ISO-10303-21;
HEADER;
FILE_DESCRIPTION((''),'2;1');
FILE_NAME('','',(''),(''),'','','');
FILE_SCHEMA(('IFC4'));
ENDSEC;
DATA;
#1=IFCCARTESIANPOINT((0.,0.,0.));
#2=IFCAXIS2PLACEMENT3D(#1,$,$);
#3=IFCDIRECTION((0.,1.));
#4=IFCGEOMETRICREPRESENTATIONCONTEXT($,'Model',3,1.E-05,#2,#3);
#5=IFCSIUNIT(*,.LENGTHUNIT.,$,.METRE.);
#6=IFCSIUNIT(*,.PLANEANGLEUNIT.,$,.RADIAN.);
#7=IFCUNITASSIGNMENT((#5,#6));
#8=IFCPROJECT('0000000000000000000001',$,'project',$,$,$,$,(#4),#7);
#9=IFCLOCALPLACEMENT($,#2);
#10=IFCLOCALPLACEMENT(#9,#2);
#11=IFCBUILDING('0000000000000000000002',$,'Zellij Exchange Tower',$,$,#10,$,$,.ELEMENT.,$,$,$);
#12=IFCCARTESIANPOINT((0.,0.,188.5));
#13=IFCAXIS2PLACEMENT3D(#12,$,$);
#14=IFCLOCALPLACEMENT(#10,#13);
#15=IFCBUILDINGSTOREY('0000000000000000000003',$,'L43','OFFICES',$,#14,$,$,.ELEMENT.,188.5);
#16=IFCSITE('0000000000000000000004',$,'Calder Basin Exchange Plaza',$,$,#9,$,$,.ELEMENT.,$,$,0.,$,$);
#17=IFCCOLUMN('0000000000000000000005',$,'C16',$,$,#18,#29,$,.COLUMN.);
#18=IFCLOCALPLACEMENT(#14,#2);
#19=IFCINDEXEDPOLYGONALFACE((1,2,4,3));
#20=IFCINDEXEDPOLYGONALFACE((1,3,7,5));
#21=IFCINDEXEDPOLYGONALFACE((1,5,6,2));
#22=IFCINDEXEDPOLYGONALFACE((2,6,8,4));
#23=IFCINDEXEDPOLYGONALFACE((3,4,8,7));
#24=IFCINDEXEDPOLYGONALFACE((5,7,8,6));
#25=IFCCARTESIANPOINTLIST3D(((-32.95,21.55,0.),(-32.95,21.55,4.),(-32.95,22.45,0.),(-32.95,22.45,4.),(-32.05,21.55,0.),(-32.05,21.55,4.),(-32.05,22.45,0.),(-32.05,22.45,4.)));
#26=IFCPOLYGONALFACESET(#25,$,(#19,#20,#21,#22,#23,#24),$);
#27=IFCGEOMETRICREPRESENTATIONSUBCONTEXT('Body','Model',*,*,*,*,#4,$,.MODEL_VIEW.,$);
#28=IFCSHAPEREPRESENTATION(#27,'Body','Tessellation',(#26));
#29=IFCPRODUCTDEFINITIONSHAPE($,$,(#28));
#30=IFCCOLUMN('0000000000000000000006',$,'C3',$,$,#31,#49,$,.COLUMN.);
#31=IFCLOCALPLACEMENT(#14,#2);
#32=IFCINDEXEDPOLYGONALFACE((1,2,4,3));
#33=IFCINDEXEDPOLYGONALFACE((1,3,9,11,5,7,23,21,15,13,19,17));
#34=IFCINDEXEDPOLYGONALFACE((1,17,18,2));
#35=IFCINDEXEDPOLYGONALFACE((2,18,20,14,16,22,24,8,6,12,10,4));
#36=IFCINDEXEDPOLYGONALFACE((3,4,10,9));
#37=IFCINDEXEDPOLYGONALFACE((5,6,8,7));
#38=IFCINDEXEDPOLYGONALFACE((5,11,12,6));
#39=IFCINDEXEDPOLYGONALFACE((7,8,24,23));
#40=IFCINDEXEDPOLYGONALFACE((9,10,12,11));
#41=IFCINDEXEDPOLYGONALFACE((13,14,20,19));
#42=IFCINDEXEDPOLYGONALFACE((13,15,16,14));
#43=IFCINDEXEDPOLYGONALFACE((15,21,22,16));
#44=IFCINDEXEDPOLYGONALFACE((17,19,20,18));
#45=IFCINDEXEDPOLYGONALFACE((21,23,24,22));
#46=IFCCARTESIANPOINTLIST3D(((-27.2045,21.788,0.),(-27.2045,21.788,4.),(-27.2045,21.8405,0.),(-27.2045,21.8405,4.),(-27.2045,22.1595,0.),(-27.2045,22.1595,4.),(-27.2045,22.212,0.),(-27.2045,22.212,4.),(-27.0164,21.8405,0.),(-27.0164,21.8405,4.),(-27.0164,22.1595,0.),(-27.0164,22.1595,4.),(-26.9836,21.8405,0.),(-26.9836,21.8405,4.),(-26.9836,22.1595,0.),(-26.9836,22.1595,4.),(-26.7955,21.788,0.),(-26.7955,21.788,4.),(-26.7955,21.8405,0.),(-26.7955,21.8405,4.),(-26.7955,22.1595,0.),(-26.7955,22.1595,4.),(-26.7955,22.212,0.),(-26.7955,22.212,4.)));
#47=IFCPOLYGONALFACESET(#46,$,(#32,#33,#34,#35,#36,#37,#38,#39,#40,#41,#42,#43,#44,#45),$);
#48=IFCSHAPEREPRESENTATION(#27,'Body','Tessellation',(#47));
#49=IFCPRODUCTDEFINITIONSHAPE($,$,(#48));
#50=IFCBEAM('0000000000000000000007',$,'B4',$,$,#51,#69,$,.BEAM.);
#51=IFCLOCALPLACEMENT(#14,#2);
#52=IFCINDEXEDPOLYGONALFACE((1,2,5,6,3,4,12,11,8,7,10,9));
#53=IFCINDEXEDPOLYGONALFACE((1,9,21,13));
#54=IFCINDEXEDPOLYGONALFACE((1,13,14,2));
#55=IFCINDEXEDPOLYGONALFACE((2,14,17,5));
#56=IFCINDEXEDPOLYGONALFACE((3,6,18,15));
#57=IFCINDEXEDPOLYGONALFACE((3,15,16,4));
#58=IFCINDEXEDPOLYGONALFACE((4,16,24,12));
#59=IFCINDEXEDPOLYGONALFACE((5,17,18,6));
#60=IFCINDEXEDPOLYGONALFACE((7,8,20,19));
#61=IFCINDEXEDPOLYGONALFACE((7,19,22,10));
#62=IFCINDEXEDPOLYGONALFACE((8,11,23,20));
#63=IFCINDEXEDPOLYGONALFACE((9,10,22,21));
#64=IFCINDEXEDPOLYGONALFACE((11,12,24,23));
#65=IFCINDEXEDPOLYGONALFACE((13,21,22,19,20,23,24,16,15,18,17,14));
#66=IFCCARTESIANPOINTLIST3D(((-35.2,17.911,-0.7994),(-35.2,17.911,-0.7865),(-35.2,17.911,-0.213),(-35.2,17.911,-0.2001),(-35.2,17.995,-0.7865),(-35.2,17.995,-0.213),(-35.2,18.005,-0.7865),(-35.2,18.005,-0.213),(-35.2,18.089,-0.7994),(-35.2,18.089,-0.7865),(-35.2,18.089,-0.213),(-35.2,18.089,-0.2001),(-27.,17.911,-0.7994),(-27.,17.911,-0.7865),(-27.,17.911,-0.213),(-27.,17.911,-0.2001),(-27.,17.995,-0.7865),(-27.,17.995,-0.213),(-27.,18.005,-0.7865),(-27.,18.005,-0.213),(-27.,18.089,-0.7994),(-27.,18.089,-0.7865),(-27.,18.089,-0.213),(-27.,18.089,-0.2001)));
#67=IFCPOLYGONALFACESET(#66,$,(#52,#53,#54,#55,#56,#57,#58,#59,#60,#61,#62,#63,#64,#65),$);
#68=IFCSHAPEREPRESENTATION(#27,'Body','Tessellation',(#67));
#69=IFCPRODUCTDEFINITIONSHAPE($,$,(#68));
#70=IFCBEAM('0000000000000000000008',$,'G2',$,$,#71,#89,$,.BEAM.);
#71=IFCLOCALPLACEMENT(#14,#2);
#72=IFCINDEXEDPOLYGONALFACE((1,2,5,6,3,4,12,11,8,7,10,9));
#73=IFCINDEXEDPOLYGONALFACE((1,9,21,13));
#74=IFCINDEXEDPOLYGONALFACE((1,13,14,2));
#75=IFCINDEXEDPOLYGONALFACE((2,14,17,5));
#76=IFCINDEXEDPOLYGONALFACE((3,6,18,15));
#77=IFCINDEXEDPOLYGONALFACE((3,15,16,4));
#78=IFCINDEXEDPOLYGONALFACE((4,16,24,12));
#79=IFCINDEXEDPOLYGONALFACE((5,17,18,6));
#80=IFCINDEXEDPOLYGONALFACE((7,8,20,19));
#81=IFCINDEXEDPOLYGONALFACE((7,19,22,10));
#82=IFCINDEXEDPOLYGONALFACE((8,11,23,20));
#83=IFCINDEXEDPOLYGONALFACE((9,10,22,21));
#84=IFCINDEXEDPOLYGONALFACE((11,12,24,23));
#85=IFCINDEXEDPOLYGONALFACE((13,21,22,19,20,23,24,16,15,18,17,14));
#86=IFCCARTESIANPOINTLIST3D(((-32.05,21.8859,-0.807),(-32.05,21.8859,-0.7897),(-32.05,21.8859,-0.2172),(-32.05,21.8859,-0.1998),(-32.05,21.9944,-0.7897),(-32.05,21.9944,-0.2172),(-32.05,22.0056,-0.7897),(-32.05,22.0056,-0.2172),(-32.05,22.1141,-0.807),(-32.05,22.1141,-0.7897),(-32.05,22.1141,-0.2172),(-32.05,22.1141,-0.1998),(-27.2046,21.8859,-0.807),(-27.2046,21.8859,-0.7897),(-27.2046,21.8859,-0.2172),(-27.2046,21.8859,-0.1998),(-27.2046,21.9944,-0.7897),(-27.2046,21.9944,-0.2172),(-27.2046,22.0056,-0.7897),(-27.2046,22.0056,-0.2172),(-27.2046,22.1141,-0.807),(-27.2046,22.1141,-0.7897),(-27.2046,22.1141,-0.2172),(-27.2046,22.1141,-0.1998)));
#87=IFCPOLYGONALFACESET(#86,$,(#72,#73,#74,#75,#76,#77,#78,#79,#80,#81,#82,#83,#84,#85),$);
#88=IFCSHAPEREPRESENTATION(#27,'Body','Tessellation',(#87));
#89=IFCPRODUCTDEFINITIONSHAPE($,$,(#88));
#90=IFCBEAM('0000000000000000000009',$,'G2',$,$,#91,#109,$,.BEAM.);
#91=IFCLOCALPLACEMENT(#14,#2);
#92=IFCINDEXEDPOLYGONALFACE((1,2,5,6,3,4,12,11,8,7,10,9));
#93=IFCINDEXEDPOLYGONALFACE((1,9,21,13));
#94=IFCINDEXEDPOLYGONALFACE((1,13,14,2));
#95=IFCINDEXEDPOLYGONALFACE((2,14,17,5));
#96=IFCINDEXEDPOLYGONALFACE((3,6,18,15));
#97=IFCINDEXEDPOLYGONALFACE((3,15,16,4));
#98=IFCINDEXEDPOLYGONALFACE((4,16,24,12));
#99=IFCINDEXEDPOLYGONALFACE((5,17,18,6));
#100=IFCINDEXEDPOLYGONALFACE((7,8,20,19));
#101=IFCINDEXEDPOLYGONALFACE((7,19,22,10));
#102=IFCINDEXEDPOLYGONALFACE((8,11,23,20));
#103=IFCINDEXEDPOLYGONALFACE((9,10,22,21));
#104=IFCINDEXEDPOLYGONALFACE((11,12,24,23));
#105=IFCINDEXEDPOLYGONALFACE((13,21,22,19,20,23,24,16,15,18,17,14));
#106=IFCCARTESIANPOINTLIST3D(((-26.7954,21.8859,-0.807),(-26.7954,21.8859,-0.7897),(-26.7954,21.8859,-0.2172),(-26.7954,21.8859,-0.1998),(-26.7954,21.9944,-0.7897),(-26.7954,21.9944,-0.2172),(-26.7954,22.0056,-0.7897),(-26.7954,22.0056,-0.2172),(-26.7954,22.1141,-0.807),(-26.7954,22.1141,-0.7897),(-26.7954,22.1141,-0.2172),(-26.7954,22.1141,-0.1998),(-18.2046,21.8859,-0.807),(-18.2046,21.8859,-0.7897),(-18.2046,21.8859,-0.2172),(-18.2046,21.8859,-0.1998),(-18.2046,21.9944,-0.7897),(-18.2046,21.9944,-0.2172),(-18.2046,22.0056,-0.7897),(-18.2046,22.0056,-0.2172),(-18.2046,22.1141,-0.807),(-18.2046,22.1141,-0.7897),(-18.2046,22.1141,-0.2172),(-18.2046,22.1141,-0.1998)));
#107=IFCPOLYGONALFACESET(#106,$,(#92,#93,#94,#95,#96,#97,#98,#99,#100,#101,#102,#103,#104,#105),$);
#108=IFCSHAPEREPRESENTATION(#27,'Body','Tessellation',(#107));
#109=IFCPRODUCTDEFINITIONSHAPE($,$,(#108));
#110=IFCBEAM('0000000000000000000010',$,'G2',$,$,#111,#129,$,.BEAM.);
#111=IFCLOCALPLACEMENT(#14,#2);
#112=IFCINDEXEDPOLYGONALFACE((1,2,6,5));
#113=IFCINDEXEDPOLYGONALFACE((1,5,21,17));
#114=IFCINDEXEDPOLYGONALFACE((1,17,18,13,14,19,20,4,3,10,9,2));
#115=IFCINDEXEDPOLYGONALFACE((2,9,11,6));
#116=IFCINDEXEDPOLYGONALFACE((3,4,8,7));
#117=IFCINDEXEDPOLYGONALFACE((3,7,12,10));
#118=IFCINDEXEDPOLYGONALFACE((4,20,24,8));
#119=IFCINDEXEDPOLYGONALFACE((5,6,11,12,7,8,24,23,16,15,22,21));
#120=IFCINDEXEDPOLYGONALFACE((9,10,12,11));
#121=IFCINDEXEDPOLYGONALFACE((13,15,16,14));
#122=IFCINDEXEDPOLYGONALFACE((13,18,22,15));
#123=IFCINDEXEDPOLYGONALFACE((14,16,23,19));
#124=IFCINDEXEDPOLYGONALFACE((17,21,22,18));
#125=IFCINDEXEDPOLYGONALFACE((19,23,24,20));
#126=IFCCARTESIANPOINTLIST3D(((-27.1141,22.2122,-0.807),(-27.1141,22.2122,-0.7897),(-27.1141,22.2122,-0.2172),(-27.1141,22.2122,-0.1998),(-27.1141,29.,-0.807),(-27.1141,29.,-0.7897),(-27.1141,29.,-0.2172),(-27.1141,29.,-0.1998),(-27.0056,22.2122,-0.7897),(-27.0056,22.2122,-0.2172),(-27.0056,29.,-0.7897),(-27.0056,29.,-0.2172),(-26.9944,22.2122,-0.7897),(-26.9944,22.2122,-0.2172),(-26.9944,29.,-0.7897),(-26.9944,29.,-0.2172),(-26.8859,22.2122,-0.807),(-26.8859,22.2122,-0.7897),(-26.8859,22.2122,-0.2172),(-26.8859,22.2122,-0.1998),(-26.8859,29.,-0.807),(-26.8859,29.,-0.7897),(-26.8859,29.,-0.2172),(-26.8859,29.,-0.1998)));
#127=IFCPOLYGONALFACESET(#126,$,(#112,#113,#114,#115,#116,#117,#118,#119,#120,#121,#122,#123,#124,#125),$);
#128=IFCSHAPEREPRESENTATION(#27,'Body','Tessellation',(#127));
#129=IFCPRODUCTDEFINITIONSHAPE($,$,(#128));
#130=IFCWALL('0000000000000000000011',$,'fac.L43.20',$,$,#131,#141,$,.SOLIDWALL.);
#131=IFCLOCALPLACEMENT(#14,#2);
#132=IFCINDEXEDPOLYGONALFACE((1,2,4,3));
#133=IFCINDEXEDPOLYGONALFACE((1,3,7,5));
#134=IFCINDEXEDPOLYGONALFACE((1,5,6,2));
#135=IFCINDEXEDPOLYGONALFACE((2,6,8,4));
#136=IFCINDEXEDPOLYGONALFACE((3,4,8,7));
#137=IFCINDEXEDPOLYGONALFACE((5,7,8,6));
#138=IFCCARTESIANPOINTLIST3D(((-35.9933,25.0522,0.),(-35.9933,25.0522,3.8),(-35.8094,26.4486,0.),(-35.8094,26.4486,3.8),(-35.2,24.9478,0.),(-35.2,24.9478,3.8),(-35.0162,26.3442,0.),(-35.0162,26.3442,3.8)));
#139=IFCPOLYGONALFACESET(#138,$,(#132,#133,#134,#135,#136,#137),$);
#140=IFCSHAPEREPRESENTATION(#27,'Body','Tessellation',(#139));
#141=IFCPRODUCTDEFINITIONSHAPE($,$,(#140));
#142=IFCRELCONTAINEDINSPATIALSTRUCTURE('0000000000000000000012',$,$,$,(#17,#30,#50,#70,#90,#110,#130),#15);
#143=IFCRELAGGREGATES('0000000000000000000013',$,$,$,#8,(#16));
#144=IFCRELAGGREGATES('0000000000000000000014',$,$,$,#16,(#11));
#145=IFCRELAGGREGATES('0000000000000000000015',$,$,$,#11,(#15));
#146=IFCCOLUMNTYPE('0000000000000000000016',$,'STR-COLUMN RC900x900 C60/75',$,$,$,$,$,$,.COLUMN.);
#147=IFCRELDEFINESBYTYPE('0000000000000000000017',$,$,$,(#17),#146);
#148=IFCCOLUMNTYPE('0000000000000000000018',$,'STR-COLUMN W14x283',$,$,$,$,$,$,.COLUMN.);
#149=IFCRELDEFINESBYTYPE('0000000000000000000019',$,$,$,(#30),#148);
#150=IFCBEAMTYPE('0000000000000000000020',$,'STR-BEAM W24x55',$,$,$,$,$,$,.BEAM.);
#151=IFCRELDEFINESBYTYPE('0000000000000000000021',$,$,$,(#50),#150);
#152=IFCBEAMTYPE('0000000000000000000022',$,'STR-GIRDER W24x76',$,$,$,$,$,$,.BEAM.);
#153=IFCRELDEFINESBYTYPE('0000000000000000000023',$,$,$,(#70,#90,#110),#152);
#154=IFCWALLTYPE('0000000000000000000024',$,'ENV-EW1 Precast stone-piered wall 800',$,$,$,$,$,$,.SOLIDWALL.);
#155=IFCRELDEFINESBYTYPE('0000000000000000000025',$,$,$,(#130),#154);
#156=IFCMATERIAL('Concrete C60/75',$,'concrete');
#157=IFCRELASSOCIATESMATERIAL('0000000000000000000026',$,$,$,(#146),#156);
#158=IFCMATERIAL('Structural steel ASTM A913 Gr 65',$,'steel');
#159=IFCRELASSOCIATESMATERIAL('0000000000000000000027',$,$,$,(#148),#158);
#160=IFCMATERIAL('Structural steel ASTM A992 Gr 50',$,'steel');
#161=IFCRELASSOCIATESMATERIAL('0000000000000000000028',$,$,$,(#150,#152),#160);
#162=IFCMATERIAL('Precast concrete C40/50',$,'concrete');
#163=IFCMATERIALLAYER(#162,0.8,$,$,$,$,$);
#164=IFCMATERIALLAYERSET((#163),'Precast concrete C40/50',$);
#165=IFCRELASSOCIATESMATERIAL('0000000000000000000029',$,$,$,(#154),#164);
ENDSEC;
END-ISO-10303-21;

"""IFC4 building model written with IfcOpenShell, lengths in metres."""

from ifc_helpers import new_model, si_unit, direction, frame, frame_2d, origin, origin_2d, place, context, subcontext, project, spatial, rectangle, i_section, extrude, material, layer, layer_set, material_profile, profile_set, type_object, element, save


model = new_model("IFC4")

# Units and contexts
model_context = context("Model", 3, precision=1e-05, world=origin(), true_north=direction((0.0, 1.0)))
body_context = subcontext(model_context, "Body", "Model", "MODEL_VIEW")
ifc_project = project(units=[si_unit("LENGTHUNIT", "METRE"), si_unit("PLANEANGLEUNIT", "RADIAN")], contexts=[model_context])

# Site, building, storey
site_placement = place(None, origin())
site = spatial("IfcSite", under=ifc_project, at=site_placement, Name="Calder Basin Exchange Plaza", CompositionType="ELEMENT", RefElevation=0.0)
building_placement = place(site_placement, origin())
building = spatial("IfcBuilding", under=site, at=building_placement, Name="Zellij Exchange Tower", CompositionType="ELEMENT")
storey_placement = place(building_placement, frame((0.0, 0.0, 188.5)))
storey = spatial("IfcBuildingStorey", under=building, at=storey_placement, Name="L43", Description="OFFICES", CompositionType="ELEMENT", Elevation=188.5)

# Columns
ifc_material_1 = material(Name="Concrete C60/75", Category="concrete")
ifc_material_profile_1 = material_profile(ifc_material_1, rectangle(XDim=0.8999, YDim=0.8999, at=origin_2d()), Name="STR-COLUMN RC900x900 C60/75")
ifc_profile_set_1 = profile_set([ifc_material_profile_1], Name="Concrete C60/75")
column_type_1 = type_object("IfcColumnType", Name="STR-COLUMN RC900x900 C60/75", PredefinedType="COLUMN", material=ifc_profile_set_1)
column_1_placement = place(storey_placement, frame((-32.5, 22.0, 0.0), z_axis=(0.0, 0.0, 1.0), x_axis=(1.0, 0.0, 0.0)))
element("IfcColumn", 1, at=column_1_placement, inside=storey, type_object=column_type_1, Name="C16", PredefinedType="COLUMN", context=body_context, shape_type="SweptSolid", body=[
    extrude(rectangle(XDim=0.8999, YDim=0.8999, at=origin_2d()), origin(), (0.0, 0.0, 1.0), 4.0),
])
ifc_material_2 = material(Name="Structural steel ASTM A913 Gr 65", Category="steel")
ifc_material_profile_2 = material_profile(ifc_material_2, i_section(OverallWidth=0.4089, OverallDepth=0.4241, WebThickness=0.0327, FlangeThickness=0.0525, at=origin_2d()), Name="W14x283")
ifc_profile_set_2 = profile_set([ifc_material_profile_2], Name="Structural steel ASTM A913 Gr 65")
column_type_2 = type_object("IfcColumnType", Name="STR-COLUMN W14x283", PredefinedType="COLUMN", material=ifc_profile_set_2)
column_2_placement = place(storey_placement, frame((-27.0, 22.0, 0.0), z_axis=(0.0, 0.0, 1.0), x_axis=(1.0, 0.0, 0.0)))
element("IfcColumn", 2, at=column_2_placement, inside=storey, type_object=column_type_2, Name="C3", PredefinedType="COLUMN", context=body_context, shape_type="SweptSolid", body=[
    extrude(i_section(OverallWidth=0.4089, OverallDepth=0.4241, WebThickness=0.0327, FlangeThickness=0.0525, at=origin_2d()), origin(), (0.0, 0.0, 1.0), 4.0),
])

# Beams
ifc_material_3 = material(Name="Structural steel ASTM A992 Gr 50", Category="steel")
ifc_material_profile_3 = material_profile(ifc_material_3, i_section(OverallWidth=0.178, OverallDepth=0.5994, WebThickness=0.01, FlangeThickness=0.0129, at=origin_2d()), Name="W24x55")
ifc_profile_set_3 = profile_set([ifc_material_profile_3], Name="Structural steel ASTM A992 Gr 50")
beam_type_1 = type_object("IfcBeamType", Name="STR-BEAM W24x55", PredefinedType="BEAM", material=ifc_profile_set_3)
beam_1_placement = place(storey_placement, frame((-35.2, 18.0, -0.4998), z_axis=(1.0, 0.0, 0.0), x_axis=(0.0, 1.0, 0.0)))
element("IfcBeam", 3, at=beam_1_placement, inside=storey, type_object=beam_type_1, Name="B4", PredefinedType="BEAM", context=body_context, shape_type="SweptSolid", body=[
    extrude(i_section(OverallWidth=0.178, OverallDepth=0.5994, WebThickness=0.01, FlangeThickness=0.0129, at=origin_2d()), origin(), (0.0, 0.0, 1.0), 8.2),
])
ifc_material_profile_4 = material_profile(ifc_material_3, i_section(OverallWidth=0.2283, OverallDepth=0.6072, WebThickness=0.0112, FlangeThickness=0.0173, at=origin_2d()), Name="W24x76")
ifc_profile_set_4 = profile_set([ifc_material_profile_4], Name="Structural steel ASTM A992 Gr 50")
beam_type_2 = type_object("IfcBeamType", Name="STR-GIRDER W24x76", PredefinedType="BEAM", material=ifc_profile_set_4)
beam_2_placement = place(storey_placement, frame((-32.05, 22.0, -0.5034), z_axis=(1.0, 0.0, 0.0), x_axis=(0.0, 1.0, 0.0)))
element("IfcBeam", 4, at=beam_2_placement, inside=storey, type_object=beam_type_2, Name="G2", PredefinedType="BEAM", context=body_context, shape_type="SweptSolid", body=[
    extrude(i_section(OverallWidth=0.2283, OverallDepth=0.6072, WebThickness=0.0112, FlangeThickness=0.0173, at=origin_2d()), origin(), (0.0, 0.0, 1.0), 4.8455),
])
beam_3_placement = place(storey_placement, frame((-26.7954, 22.0, -0.5034), z_axis=(1.0, 0.0, 0.0), x_axis=(0.0, 1.0, 0.0)))
element("IfcBeam", 5, at=beam_3_placement, inside=storey, type_object=beam_type_2, Name="G2", PredefinedType="BEAM", context=body_context, shape_type="SweptSolid", body=[
    extrude(i_section(OverallWidth=0.2283, OverallDepth=0.6072, WebThickness=0.0112, FlangeThickness=0.0173, at=origin_2d()), origin(), (0.0, 0.0, 1.0), 8.5908),
])
beam_4_placement = place(storey_placement, frame((-27.0, 22.2122, -0.5034), z_axis=(0.0, 1.0, 0.0), x_axis=(-1.0, 0.0, 0.0)))
element("IfcBeam", 6, at=beam_4_placement, inside=storey, type_object=beam_type_2, Name="G2", PredefinedType="BEAM", context=body_context, shape_type="SweptSolid", body=[
    extrude(i_section(OverallWidth=0.2283, OverallDepth=0.6072, WebThickness=0.0112, FlangeThickness=0.0173, at=origin_2d()), origin(), (0.0, 0.0, 1.0), 6.7878),
])

# Wall
ifc_material_4 = material(Name="Precast concrete C40/50", Category="concrete")
ifc_layer_1 = layer(ifc_material_4, 0.8)
ifc_layer_set_1 = layer_set([ifc_layer_1], Name="Precast concrete C40/50")
wall_type = type_object("IfcWallType", Name="ENV-EW1 Precast stone-piered wall 800", PredefinedType="SOLIDWALL", material=ifc_layer_set_1)
wall_1_placement = place(storey_placement, frame((-35.4128, 26.3962, 0.0), z_axis=(0.0, 0.0, 1.0), x_axis=(-0.130517, -0.991446, 0.0)))
element("IfcWall", 7, at=wall_1_placement, inside=storey, type_object=wall_type, Name="fac.L43.20", PredefinedType="SOLIDWALL", context=body_context, shape_type="SweptSolid", body=[
    extrude(rectangle(XDim=1.4084, YDim=0.8, at=frame_2d((0.7041, 0.0))), origin(), (0.0, 0.0, 1.0), 3.8),
])

save(model, "model.ifc")
